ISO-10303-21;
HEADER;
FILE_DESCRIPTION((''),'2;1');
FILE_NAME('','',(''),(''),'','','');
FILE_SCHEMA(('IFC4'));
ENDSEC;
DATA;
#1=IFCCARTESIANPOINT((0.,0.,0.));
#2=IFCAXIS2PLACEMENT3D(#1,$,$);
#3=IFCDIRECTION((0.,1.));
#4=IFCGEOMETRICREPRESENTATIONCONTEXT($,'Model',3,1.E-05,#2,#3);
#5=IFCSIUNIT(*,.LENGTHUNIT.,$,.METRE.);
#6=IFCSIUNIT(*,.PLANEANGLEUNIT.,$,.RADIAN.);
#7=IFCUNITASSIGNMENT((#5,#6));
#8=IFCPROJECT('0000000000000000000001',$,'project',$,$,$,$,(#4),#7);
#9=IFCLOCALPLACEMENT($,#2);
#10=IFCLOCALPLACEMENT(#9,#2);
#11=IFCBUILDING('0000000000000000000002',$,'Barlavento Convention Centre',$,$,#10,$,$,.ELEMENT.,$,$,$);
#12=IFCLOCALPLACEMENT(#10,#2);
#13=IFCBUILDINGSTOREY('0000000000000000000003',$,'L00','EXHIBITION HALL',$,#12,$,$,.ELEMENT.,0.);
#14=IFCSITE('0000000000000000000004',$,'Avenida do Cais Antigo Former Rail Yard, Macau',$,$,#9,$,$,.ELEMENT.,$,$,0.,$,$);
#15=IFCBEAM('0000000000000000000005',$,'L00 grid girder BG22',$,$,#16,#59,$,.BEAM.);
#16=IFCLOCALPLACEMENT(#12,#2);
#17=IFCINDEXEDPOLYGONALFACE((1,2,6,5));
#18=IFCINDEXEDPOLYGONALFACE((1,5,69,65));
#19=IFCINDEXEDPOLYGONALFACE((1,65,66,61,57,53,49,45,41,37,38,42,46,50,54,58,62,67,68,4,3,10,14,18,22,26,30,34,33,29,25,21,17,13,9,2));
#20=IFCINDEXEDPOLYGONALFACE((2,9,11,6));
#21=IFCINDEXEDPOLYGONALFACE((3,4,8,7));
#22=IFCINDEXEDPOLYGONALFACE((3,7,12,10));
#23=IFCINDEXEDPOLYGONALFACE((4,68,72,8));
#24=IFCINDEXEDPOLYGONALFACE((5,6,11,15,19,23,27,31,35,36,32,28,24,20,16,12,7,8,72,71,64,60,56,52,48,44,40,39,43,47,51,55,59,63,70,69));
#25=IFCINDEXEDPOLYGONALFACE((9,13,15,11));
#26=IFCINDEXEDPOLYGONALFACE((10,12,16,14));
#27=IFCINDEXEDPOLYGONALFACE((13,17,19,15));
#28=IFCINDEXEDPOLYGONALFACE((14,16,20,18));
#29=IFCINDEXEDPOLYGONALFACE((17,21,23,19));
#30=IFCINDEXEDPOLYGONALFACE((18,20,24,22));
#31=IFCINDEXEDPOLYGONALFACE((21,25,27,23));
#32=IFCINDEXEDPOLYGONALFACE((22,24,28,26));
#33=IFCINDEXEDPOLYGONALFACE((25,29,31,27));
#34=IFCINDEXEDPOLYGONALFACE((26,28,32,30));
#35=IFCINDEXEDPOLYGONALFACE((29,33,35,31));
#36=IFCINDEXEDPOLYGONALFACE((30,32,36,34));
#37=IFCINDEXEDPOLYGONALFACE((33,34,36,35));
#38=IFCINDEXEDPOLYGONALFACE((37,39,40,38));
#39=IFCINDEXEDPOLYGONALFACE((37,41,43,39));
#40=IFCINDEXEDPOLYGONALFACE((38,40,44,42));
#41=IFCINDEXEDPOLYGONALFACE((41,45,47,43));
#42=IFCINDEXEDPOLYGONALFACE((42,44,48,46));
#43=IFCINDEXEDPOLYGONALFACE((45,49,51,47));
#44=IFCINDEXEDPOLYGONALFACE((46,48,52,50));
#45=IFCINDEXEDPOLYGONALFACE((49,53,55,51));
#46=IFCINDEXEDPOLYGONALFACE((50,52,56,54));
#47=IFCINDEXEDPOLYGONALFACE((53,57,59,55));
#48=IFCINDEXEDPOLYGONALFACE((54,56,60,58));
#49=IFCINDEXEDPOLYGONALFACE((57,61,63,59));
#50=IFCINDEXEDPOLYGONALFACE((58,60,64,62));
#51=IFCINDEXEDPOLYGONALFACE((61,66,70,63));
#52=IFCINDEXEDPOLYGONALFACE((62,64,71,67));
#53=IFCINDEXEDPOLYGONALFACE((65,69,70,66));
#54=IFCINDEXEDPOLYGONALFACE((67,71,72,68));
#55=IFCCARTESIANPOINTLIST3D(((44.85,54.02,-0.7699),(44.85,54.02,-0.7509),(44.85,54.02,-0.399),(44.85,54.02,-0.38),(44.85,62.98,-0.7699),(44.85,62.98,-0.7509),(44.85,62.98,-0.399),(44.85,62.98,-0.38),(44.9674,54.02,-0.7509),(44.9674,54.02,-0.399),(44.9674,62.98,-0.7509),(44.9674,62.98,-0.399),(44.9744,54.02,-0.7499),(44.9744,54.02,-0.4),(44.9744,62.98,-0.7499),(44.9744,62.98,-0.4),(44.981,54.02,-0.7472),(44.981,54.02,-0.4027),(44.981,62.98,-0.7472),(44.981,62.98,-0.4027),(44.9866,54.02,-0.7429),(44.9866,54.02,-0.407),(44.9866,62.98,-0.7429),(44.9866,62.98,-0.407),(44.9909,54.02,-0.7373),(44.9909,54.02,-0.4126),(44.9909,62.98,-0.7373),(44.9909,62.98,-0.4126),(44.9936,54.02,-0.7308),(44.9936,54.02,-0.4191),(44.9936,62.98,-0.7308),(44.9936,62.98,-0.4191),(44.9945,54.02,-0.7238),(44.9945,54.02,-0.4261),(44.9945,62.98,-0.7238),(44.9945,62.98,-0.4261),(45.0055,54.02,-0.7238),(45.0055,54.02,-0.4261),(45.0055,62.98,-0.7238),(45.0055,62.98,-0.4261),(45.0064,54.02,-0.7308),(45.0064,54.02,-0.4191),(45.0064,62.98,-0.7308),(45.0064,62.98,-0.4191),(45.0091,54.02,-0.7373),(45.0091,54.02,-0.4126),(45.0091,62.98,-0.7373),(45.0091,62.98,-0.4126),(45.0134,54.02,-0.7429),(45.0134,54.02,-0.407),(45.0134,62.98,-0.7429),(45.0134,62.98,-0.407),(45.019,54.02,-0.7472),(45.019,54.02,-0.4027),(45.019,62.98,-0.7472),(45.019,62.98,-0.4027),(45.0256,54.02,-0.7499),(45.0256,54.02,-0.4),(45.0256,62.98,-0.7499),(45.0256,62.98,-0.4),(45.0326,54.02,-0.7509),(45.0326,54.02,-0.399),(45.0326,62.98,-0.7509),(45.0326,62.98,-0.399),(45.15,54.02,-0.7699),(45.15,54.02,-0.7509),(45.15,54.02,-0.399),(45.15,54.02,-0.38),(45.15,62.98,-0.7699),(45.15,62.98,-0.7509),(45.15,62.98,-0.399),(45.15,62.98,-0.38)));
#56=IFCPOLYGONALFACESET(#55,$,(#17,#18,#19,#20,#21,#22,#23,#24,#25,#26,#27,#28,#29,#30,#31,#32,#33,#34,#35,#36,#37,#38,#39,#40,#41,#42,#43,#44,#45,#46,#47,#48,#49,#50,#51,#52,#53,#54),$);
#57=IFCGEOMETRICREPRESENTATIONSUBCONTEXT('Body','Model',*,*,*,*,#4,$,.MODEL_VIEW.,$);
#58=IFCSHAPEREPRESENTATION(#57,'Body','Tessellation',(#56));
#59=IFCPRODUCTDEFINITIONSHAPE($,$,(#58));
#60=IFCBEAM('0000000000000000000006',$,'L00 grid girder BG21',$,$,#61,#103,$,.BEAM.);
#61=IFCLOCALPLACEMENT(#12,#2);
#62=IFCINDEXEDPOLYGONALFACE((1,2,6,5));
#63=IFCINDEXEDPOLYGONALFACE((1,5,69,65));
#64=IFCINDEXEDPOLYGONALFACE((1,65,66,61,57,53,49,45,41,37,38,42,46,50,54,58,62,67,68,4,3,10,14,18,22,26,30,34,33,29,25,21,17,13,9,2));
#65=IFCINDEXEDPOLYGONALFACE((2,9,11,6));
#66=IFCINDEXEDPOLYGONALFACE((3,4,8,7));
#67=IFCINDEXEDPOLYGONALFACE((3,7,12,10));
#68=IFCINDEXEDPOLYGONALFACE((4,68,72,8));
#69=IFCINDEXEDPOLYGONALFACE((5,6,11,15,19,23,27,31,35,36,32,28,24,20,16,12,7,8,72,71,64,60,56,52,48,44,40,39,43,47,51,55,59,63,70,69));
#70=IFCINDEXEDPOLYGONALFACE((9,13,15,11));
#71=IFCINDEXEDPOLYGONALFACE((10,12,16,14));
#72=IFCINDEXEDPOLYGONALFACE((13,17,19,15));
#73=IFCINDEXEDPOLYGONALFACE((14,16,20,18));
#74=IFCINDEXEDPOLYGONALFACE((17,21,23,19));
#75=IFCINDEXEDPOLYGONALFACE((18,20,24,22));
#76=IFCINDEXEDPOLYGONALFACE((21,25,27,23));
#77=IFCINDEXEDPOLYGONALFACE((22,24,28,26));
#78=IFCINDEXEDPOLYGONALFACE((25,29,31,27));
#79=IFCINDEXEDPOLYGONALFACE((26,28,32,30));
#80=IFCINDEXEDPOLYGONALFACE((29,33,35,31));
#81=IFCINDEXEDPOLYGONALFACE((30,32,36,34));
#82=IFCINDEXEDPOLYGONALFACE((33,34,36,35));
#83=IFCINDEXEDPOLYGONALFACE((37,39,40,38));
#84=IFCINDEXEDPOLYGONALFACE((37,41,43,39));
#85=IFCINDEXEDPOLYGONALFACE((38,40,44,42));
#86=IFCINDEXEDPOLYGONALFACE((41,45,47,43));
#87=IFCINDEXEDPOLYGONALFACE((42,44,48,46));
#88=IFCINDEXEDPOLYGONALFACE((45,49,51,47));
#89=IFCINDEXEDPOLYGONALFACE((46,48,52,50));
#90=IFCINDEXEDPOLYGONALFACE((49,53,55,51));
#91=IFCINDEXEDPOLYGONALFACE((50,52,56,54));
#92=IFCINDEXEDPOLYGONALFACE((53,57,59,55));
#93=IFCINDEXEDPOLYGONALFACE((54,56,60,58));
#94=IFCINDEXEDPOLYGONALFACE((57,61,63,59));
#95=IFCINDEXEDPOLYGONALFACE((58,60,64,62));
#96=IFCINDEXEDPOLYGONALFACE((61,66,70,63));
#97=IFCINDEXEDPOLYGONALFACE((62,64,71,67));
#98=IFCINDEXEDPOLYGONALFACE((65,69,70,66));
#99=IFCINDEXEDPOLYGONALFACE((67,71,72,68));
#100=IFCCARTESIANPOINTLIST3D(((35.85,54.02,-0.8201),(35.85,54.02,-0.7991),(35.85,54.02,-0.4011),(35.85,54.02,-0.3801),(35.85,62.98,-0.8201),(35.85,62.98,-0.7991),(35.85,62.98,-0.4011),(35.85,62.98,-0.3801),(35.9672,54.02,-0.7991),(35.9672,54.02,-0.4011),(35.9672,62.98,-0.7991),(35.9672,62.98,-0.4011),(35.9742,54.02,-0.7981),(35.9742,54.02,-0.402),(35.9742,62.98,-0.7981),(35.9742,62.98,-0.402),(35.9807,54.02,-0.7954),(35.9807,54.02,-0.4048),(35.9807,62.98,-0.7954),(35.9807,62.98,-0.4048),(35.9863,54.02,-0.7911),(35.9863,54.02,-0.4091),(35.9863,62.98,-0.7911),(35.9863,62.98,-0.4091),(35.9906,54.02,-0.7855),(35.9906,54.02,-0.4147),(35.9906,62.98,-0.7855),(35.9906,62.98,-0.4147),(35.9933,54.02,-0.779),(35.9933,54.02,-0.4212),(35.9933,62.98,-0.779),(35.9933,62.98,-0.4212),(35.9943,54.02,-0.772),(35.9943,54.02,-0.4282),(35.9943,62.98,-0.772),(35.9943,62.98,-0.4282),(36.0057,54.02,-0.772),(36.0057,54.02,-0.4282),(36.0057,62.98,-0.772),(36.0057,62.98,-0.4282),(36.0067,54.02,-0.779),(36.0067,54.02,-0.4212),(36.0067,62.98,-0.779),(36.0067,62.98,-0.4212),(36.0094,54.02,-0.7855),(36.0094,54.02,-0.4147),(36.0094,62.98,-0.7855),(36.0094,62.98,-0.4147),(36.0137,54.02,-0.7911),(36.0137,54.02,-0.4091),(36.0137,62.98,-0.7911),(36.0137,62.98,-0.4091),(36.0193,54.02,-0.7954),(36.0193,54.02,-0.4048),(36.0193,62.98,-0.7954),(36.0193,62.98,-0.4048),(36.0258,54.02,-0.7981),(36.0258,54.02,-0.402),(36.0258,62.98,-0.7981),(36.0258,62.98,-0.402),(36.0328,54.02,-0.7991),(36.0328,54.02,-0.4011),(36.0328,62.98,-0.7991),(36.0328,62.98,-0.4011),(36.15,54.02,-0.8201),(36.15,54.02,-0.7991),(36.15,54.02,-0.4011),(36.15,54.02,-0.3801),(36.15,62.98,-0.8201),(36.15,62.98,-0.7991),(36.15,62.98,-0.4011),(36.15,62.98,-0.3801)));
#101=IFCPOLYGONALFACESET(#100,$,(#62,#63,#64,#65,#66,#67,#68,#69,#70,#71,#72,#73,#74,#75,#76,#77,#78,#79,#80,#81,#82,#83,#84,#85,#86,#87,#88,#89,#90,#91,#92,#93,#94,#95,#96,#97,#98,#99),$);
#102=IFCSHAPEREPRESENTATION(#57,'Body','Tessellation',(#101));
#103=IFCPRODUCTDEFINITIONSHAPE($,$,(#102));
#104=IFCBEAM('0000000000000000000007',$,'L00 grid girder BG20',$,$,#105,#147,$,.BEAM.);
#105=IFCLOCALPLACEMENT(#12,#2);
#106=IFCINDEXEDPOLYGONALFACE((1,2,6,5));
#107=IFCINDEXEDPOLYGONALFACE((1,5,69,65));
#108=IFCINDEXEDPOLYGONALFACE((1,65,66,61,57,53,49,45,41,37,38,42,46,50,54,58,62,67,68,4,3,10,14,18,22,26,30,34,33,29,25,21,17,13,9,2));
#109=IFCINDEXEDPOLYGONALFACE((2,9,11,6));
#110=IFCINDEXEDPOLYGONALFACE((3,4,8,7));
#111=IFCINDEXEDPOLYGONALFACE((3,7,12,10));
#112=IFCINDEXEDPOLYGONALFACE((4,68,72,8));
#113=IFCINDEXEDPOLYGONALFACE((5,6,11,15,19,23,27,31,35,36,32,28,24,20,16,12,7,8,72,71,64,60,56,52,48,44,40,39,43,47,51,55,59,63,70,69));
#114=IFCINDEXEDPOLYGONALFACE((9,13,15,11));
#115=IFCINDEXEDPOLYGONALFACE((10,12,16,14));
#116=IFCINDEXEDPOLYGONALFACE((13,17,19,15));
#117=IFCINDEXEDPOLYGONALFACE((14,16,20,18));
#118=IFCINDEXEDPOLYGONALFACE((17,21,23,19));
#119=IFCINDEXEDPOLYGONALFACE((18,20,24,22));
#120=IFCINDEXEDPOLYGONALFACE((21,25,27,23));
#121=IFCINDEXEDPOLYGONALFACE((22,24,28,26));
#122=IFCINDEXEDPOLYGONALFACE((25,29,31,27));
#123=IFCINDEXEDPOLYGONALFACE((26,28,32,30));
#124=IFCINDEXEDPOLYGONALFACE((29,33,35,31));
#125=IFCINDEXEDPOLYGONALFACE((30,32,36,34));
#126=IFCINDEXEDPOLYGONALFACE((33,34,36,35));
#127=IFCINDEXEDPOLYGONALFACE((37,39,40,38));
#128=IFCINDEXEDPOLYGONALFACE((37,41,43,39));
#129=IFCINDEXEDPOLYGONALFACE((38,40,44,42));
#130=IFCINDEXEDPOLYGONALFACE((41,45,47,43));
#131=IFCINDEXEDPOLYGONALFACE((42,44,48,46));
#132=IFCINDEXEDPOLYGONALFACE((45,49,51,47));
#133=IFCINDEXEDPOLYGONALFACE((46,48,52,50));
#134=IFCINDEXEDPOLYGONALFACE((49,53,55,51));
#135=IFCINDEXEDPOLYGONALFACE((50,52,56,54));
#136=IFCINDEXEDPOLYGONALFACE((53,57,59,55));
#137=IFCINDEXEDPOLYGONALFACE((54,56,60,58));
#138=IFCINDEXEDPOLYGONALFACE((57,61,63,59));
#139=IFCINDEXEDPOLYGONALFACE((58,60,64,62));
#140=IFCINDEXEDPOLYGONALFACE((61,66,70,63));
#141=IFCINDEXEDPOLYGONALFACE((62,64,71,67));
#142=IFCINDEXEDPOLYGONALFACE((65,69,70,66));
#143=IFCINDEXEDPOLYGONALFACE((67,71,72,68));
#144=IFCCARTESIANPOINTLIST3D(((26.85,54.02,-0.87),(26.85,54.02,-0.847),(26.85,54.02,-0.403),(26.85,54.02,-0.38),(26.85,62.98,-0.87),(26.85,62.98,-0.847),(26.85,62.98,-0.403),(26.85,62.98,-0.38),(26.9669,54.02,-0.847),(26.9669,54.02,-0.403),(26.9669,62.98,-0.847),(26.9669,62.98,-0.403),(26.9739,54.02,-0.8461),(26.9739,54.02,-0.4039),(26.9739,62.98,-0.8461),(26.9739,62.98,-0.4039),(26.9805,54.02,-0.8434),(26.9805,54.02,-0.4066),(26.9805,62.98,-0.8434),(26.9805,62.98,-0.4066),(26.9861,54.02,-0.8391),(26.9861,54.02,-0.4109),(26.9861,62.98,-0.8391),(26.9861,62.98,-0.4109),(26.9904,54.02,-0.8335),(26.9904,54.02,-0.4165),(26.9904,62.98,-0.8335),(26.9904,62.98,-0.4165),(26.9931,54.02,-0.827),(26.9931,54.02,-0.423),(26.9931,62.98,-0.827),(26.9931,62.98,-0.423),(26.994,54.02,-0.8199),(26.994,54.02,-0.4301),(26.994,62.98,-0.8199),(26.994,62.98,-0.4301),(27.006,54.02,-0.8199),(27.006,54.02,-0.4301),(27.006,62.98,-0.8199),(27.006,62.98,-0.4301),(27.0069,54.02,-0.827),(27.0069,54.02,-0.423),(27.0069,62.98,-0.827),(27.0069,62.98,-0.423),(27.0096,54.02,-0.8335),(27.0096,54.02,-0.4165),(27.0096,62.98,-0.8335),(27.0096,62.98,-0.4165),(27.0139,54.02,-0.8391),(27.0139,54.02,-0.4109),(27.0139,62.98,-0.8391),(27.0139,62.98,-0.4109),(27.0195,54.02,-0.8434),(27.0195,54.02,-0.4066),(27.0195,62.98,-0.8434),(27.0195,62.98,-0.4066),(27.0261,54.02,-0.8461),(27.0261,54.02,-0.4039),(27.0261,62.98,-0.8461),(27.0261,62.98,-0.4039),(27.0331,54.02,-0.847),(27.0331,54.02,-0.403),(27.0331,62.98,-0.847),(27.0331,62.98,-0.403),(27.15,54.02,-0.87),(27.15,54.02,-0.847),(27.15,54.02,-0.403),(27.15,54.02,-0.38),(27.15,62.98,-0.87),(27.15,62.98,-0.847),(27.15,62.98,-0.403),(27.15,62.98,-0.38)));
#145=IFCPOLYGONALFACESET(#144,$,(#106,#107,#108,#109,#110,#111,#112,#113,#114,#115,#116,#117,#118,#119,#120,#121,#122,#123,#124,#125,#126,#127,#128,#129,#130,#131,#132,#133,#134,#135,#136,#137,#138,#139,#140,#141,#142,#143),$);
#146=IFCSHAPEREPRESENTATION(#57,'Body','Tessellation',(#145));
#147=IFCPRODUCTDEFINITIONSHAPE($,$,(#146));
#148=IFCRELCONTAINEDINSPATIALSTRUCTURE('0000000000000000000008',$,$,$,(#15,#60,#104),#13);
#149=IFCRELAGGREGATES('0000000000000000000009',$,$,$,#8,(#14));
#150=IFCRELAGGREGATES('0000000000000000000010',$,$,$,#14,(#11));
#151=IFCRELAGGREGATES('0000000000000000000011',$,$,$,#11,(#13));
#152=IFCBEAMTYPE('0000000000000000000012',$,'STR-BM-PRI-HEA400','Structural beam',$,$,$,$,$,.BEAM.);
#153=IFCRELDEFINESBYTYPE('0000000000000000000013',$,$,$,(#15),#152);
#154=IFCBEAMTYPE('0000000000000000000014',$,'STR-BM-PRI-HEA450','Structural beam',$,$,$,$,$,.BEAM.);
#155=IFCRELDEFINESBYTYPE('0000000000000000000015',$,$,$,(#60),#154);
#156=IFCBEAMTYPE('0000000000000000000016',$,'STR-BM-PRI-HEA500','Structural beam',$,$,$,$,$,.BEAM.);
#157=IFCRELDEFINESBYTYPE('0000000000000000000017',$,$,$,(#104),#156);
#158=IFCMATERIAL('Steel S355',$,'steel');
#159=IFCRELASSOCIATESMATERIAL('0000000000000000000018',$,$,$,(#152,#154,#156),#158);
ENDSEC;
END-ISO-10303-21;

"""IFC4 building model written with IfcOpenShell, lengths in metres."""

from ifc_helpers import new_model, si_unit, direction, frame, origin, origin_2d, place, context, subcontext, project, spatial, i_section, extrude, material, material_profile, profile_set, type_object, element, save


model = new_model("IFC4")

# Units and contexts
model_context = context("Model", 3, precision=1e-05, world=origin(), true_north=direction((0.0, 1.0)))
body_context = subcontext(model_context, "Body", "Model", "MODEL_VIEW")
ifc_project = project(units=[si_unit("LENGTHUNIT", "METRE"), si_unit("PLANEANGLEUNIT", "RADIAN")], contexts=[model_context])

# Site, building, storey
site_placement = place(None, origin())
site = spatial("IfcSite", under=ifc_project, at=site_placement, Name="Avenida do Cais Antigo Former Rail Yard, Macau", CompositionType="ELEMENT", RefElevation=0.0)
building_placement = place(site_placement, origin())
building = spatial("IfcBuilding", under=site, at=building_placement, Name="Barlavento Convention Centre", CompositionType="ELEMENT")
storey_placement = place(building_placement, origin())
storey = spatial("IfcBuildingStorey", under=building, at=storey_placement, Name="L00", Description="EXHIBITION HALL", CompositionType="ELEMENT", Elevation=0.0)

# Beams
ifc_material_1 = material(Name="Steel S355", Category="steel")
ifc_material_profile_1 = material_profile(ifc_material_1, i_section(OverallWidth=0.3, OverallDepth=0.3899, WebThickness=0.011, FlangeThickness=0.019, FilletRadius=0.0271, at=origin_2d()), Name="HEA 400")
ifc_profile_set_1 = profile_set([ifc_material_profile_1], Name="Steel S355")
beam_type_1 = type_object("IfcBeamType", Name="STR-BM-PRI-HEA400", Description="Structural beam", PredefinedType="BEAM", material=ifc_profile_set_1)
for number, where, z_axis, x_axis, name in (
    (1, (45.0, 54.02, -0.575), (0.0, 1.0, 0.0), (-1.0, 0.0, 0.0), "L00 grid girder BG22"),
):
    element("IfcBeam", number, at=place(storey_placement, frame(where, z_axis=z_axis, x_axis=x_axis)), inside=storey, type_object=beam_type_1, Name=name, PredefinedType="BEAM", context=body_context, shape_type="SweptSolid", body=[
        extrude(i_section(OverallWidth=0.3, OverallDepth=0.3899, WebThickness=0.011, FlangeThickness=0.019, FilletRadius=0.0271, at=origin_2d()), origin(), (0.0, 0.0, 1.0), 8.96),
    ])
ifc_material_profile_2 = material_profile(ifc_material_1, i_section(OverallWidth=0.3, OverallDepth=0.4399, WebThickness=0.0115, FlangeThickness=0.021, FilletRadius=0.0271, at=origin_2d()), Name="HEA 450")
ifc_profile_set_2 = profile_set([ifc_material_profile_2], Name="Steel S355")
beam_type_2 = type_object("IfcBeamType", Name="STR-BM-PRI-HEA450", Description="Structural beam", PredefinedType="BEAM", material=ifc_profile_set_2)
beam_1_placement = place(storey_placement, frame((36.0, 54.02, -0.6001), z_axis=(0.0, 1.0, 0.0), x_axis=(-1.0, 0.0, 0.0)))
element("IfcBeam", 2, at=beam_1_placement, inside=storey, type_object=beam_type_2, Name="L00 grid girder BG21", PredefinedType="BEAM", context=body_context, shape_type="SweptSolid", body=[
    extrude(i_section(OverallWidth=0.3, OverallDepth=0.4399, WebThickness=0.0115, FlangeThickness=0.021, FilletRadius=0.0271, at=origin_2d()), origin(), (0.0, 0.0, 1.0), 8.96),
])
ifc_material_profile_3 = material_profile(ifc_material_1, i_section(OverallWidth=0.3, OverallDepth=0.49, WebThickness=0.012, FlangeThickness=0.0229, FilletRadius=0.0271, at=origin_2d()), Name="HEA 500")
ifc_profile_set_3 = profile_set([ifc_material_profile_3], Name="Steel S355")
beam_type_3 = type_object("IfcBeamType", Name="STR-BM-PRI-HEA500", Description="Structural beam", PredefinedType="BEAM", material=ifc_profile_set_3)
beam_2_placement = place(storey_placement, frame((27.0, 54.02, -0.625), z_axis=(0.0, 1.0, 0.0), x_axis=(-1.0, 0.0, 0.0)))
element("IfcBeam", 3, at=beam_2_placement, inside=storey, type_object=beam_type_3, Name="L00 grid girder BG20", PredefinedType="BEAM", context=body_context, shape_type="SweptSolid", body=[
    extrude(i_section(OverallWidth=0.3, OverallDepth=0.49, WebThickness=0.012, FlangeThickness=0.0229, FilletRadius=0.0271, at=origin_2d()), origin(), (0.0, 0.0, 1.0), 8.96),
])

save(model, "model.ifc")
